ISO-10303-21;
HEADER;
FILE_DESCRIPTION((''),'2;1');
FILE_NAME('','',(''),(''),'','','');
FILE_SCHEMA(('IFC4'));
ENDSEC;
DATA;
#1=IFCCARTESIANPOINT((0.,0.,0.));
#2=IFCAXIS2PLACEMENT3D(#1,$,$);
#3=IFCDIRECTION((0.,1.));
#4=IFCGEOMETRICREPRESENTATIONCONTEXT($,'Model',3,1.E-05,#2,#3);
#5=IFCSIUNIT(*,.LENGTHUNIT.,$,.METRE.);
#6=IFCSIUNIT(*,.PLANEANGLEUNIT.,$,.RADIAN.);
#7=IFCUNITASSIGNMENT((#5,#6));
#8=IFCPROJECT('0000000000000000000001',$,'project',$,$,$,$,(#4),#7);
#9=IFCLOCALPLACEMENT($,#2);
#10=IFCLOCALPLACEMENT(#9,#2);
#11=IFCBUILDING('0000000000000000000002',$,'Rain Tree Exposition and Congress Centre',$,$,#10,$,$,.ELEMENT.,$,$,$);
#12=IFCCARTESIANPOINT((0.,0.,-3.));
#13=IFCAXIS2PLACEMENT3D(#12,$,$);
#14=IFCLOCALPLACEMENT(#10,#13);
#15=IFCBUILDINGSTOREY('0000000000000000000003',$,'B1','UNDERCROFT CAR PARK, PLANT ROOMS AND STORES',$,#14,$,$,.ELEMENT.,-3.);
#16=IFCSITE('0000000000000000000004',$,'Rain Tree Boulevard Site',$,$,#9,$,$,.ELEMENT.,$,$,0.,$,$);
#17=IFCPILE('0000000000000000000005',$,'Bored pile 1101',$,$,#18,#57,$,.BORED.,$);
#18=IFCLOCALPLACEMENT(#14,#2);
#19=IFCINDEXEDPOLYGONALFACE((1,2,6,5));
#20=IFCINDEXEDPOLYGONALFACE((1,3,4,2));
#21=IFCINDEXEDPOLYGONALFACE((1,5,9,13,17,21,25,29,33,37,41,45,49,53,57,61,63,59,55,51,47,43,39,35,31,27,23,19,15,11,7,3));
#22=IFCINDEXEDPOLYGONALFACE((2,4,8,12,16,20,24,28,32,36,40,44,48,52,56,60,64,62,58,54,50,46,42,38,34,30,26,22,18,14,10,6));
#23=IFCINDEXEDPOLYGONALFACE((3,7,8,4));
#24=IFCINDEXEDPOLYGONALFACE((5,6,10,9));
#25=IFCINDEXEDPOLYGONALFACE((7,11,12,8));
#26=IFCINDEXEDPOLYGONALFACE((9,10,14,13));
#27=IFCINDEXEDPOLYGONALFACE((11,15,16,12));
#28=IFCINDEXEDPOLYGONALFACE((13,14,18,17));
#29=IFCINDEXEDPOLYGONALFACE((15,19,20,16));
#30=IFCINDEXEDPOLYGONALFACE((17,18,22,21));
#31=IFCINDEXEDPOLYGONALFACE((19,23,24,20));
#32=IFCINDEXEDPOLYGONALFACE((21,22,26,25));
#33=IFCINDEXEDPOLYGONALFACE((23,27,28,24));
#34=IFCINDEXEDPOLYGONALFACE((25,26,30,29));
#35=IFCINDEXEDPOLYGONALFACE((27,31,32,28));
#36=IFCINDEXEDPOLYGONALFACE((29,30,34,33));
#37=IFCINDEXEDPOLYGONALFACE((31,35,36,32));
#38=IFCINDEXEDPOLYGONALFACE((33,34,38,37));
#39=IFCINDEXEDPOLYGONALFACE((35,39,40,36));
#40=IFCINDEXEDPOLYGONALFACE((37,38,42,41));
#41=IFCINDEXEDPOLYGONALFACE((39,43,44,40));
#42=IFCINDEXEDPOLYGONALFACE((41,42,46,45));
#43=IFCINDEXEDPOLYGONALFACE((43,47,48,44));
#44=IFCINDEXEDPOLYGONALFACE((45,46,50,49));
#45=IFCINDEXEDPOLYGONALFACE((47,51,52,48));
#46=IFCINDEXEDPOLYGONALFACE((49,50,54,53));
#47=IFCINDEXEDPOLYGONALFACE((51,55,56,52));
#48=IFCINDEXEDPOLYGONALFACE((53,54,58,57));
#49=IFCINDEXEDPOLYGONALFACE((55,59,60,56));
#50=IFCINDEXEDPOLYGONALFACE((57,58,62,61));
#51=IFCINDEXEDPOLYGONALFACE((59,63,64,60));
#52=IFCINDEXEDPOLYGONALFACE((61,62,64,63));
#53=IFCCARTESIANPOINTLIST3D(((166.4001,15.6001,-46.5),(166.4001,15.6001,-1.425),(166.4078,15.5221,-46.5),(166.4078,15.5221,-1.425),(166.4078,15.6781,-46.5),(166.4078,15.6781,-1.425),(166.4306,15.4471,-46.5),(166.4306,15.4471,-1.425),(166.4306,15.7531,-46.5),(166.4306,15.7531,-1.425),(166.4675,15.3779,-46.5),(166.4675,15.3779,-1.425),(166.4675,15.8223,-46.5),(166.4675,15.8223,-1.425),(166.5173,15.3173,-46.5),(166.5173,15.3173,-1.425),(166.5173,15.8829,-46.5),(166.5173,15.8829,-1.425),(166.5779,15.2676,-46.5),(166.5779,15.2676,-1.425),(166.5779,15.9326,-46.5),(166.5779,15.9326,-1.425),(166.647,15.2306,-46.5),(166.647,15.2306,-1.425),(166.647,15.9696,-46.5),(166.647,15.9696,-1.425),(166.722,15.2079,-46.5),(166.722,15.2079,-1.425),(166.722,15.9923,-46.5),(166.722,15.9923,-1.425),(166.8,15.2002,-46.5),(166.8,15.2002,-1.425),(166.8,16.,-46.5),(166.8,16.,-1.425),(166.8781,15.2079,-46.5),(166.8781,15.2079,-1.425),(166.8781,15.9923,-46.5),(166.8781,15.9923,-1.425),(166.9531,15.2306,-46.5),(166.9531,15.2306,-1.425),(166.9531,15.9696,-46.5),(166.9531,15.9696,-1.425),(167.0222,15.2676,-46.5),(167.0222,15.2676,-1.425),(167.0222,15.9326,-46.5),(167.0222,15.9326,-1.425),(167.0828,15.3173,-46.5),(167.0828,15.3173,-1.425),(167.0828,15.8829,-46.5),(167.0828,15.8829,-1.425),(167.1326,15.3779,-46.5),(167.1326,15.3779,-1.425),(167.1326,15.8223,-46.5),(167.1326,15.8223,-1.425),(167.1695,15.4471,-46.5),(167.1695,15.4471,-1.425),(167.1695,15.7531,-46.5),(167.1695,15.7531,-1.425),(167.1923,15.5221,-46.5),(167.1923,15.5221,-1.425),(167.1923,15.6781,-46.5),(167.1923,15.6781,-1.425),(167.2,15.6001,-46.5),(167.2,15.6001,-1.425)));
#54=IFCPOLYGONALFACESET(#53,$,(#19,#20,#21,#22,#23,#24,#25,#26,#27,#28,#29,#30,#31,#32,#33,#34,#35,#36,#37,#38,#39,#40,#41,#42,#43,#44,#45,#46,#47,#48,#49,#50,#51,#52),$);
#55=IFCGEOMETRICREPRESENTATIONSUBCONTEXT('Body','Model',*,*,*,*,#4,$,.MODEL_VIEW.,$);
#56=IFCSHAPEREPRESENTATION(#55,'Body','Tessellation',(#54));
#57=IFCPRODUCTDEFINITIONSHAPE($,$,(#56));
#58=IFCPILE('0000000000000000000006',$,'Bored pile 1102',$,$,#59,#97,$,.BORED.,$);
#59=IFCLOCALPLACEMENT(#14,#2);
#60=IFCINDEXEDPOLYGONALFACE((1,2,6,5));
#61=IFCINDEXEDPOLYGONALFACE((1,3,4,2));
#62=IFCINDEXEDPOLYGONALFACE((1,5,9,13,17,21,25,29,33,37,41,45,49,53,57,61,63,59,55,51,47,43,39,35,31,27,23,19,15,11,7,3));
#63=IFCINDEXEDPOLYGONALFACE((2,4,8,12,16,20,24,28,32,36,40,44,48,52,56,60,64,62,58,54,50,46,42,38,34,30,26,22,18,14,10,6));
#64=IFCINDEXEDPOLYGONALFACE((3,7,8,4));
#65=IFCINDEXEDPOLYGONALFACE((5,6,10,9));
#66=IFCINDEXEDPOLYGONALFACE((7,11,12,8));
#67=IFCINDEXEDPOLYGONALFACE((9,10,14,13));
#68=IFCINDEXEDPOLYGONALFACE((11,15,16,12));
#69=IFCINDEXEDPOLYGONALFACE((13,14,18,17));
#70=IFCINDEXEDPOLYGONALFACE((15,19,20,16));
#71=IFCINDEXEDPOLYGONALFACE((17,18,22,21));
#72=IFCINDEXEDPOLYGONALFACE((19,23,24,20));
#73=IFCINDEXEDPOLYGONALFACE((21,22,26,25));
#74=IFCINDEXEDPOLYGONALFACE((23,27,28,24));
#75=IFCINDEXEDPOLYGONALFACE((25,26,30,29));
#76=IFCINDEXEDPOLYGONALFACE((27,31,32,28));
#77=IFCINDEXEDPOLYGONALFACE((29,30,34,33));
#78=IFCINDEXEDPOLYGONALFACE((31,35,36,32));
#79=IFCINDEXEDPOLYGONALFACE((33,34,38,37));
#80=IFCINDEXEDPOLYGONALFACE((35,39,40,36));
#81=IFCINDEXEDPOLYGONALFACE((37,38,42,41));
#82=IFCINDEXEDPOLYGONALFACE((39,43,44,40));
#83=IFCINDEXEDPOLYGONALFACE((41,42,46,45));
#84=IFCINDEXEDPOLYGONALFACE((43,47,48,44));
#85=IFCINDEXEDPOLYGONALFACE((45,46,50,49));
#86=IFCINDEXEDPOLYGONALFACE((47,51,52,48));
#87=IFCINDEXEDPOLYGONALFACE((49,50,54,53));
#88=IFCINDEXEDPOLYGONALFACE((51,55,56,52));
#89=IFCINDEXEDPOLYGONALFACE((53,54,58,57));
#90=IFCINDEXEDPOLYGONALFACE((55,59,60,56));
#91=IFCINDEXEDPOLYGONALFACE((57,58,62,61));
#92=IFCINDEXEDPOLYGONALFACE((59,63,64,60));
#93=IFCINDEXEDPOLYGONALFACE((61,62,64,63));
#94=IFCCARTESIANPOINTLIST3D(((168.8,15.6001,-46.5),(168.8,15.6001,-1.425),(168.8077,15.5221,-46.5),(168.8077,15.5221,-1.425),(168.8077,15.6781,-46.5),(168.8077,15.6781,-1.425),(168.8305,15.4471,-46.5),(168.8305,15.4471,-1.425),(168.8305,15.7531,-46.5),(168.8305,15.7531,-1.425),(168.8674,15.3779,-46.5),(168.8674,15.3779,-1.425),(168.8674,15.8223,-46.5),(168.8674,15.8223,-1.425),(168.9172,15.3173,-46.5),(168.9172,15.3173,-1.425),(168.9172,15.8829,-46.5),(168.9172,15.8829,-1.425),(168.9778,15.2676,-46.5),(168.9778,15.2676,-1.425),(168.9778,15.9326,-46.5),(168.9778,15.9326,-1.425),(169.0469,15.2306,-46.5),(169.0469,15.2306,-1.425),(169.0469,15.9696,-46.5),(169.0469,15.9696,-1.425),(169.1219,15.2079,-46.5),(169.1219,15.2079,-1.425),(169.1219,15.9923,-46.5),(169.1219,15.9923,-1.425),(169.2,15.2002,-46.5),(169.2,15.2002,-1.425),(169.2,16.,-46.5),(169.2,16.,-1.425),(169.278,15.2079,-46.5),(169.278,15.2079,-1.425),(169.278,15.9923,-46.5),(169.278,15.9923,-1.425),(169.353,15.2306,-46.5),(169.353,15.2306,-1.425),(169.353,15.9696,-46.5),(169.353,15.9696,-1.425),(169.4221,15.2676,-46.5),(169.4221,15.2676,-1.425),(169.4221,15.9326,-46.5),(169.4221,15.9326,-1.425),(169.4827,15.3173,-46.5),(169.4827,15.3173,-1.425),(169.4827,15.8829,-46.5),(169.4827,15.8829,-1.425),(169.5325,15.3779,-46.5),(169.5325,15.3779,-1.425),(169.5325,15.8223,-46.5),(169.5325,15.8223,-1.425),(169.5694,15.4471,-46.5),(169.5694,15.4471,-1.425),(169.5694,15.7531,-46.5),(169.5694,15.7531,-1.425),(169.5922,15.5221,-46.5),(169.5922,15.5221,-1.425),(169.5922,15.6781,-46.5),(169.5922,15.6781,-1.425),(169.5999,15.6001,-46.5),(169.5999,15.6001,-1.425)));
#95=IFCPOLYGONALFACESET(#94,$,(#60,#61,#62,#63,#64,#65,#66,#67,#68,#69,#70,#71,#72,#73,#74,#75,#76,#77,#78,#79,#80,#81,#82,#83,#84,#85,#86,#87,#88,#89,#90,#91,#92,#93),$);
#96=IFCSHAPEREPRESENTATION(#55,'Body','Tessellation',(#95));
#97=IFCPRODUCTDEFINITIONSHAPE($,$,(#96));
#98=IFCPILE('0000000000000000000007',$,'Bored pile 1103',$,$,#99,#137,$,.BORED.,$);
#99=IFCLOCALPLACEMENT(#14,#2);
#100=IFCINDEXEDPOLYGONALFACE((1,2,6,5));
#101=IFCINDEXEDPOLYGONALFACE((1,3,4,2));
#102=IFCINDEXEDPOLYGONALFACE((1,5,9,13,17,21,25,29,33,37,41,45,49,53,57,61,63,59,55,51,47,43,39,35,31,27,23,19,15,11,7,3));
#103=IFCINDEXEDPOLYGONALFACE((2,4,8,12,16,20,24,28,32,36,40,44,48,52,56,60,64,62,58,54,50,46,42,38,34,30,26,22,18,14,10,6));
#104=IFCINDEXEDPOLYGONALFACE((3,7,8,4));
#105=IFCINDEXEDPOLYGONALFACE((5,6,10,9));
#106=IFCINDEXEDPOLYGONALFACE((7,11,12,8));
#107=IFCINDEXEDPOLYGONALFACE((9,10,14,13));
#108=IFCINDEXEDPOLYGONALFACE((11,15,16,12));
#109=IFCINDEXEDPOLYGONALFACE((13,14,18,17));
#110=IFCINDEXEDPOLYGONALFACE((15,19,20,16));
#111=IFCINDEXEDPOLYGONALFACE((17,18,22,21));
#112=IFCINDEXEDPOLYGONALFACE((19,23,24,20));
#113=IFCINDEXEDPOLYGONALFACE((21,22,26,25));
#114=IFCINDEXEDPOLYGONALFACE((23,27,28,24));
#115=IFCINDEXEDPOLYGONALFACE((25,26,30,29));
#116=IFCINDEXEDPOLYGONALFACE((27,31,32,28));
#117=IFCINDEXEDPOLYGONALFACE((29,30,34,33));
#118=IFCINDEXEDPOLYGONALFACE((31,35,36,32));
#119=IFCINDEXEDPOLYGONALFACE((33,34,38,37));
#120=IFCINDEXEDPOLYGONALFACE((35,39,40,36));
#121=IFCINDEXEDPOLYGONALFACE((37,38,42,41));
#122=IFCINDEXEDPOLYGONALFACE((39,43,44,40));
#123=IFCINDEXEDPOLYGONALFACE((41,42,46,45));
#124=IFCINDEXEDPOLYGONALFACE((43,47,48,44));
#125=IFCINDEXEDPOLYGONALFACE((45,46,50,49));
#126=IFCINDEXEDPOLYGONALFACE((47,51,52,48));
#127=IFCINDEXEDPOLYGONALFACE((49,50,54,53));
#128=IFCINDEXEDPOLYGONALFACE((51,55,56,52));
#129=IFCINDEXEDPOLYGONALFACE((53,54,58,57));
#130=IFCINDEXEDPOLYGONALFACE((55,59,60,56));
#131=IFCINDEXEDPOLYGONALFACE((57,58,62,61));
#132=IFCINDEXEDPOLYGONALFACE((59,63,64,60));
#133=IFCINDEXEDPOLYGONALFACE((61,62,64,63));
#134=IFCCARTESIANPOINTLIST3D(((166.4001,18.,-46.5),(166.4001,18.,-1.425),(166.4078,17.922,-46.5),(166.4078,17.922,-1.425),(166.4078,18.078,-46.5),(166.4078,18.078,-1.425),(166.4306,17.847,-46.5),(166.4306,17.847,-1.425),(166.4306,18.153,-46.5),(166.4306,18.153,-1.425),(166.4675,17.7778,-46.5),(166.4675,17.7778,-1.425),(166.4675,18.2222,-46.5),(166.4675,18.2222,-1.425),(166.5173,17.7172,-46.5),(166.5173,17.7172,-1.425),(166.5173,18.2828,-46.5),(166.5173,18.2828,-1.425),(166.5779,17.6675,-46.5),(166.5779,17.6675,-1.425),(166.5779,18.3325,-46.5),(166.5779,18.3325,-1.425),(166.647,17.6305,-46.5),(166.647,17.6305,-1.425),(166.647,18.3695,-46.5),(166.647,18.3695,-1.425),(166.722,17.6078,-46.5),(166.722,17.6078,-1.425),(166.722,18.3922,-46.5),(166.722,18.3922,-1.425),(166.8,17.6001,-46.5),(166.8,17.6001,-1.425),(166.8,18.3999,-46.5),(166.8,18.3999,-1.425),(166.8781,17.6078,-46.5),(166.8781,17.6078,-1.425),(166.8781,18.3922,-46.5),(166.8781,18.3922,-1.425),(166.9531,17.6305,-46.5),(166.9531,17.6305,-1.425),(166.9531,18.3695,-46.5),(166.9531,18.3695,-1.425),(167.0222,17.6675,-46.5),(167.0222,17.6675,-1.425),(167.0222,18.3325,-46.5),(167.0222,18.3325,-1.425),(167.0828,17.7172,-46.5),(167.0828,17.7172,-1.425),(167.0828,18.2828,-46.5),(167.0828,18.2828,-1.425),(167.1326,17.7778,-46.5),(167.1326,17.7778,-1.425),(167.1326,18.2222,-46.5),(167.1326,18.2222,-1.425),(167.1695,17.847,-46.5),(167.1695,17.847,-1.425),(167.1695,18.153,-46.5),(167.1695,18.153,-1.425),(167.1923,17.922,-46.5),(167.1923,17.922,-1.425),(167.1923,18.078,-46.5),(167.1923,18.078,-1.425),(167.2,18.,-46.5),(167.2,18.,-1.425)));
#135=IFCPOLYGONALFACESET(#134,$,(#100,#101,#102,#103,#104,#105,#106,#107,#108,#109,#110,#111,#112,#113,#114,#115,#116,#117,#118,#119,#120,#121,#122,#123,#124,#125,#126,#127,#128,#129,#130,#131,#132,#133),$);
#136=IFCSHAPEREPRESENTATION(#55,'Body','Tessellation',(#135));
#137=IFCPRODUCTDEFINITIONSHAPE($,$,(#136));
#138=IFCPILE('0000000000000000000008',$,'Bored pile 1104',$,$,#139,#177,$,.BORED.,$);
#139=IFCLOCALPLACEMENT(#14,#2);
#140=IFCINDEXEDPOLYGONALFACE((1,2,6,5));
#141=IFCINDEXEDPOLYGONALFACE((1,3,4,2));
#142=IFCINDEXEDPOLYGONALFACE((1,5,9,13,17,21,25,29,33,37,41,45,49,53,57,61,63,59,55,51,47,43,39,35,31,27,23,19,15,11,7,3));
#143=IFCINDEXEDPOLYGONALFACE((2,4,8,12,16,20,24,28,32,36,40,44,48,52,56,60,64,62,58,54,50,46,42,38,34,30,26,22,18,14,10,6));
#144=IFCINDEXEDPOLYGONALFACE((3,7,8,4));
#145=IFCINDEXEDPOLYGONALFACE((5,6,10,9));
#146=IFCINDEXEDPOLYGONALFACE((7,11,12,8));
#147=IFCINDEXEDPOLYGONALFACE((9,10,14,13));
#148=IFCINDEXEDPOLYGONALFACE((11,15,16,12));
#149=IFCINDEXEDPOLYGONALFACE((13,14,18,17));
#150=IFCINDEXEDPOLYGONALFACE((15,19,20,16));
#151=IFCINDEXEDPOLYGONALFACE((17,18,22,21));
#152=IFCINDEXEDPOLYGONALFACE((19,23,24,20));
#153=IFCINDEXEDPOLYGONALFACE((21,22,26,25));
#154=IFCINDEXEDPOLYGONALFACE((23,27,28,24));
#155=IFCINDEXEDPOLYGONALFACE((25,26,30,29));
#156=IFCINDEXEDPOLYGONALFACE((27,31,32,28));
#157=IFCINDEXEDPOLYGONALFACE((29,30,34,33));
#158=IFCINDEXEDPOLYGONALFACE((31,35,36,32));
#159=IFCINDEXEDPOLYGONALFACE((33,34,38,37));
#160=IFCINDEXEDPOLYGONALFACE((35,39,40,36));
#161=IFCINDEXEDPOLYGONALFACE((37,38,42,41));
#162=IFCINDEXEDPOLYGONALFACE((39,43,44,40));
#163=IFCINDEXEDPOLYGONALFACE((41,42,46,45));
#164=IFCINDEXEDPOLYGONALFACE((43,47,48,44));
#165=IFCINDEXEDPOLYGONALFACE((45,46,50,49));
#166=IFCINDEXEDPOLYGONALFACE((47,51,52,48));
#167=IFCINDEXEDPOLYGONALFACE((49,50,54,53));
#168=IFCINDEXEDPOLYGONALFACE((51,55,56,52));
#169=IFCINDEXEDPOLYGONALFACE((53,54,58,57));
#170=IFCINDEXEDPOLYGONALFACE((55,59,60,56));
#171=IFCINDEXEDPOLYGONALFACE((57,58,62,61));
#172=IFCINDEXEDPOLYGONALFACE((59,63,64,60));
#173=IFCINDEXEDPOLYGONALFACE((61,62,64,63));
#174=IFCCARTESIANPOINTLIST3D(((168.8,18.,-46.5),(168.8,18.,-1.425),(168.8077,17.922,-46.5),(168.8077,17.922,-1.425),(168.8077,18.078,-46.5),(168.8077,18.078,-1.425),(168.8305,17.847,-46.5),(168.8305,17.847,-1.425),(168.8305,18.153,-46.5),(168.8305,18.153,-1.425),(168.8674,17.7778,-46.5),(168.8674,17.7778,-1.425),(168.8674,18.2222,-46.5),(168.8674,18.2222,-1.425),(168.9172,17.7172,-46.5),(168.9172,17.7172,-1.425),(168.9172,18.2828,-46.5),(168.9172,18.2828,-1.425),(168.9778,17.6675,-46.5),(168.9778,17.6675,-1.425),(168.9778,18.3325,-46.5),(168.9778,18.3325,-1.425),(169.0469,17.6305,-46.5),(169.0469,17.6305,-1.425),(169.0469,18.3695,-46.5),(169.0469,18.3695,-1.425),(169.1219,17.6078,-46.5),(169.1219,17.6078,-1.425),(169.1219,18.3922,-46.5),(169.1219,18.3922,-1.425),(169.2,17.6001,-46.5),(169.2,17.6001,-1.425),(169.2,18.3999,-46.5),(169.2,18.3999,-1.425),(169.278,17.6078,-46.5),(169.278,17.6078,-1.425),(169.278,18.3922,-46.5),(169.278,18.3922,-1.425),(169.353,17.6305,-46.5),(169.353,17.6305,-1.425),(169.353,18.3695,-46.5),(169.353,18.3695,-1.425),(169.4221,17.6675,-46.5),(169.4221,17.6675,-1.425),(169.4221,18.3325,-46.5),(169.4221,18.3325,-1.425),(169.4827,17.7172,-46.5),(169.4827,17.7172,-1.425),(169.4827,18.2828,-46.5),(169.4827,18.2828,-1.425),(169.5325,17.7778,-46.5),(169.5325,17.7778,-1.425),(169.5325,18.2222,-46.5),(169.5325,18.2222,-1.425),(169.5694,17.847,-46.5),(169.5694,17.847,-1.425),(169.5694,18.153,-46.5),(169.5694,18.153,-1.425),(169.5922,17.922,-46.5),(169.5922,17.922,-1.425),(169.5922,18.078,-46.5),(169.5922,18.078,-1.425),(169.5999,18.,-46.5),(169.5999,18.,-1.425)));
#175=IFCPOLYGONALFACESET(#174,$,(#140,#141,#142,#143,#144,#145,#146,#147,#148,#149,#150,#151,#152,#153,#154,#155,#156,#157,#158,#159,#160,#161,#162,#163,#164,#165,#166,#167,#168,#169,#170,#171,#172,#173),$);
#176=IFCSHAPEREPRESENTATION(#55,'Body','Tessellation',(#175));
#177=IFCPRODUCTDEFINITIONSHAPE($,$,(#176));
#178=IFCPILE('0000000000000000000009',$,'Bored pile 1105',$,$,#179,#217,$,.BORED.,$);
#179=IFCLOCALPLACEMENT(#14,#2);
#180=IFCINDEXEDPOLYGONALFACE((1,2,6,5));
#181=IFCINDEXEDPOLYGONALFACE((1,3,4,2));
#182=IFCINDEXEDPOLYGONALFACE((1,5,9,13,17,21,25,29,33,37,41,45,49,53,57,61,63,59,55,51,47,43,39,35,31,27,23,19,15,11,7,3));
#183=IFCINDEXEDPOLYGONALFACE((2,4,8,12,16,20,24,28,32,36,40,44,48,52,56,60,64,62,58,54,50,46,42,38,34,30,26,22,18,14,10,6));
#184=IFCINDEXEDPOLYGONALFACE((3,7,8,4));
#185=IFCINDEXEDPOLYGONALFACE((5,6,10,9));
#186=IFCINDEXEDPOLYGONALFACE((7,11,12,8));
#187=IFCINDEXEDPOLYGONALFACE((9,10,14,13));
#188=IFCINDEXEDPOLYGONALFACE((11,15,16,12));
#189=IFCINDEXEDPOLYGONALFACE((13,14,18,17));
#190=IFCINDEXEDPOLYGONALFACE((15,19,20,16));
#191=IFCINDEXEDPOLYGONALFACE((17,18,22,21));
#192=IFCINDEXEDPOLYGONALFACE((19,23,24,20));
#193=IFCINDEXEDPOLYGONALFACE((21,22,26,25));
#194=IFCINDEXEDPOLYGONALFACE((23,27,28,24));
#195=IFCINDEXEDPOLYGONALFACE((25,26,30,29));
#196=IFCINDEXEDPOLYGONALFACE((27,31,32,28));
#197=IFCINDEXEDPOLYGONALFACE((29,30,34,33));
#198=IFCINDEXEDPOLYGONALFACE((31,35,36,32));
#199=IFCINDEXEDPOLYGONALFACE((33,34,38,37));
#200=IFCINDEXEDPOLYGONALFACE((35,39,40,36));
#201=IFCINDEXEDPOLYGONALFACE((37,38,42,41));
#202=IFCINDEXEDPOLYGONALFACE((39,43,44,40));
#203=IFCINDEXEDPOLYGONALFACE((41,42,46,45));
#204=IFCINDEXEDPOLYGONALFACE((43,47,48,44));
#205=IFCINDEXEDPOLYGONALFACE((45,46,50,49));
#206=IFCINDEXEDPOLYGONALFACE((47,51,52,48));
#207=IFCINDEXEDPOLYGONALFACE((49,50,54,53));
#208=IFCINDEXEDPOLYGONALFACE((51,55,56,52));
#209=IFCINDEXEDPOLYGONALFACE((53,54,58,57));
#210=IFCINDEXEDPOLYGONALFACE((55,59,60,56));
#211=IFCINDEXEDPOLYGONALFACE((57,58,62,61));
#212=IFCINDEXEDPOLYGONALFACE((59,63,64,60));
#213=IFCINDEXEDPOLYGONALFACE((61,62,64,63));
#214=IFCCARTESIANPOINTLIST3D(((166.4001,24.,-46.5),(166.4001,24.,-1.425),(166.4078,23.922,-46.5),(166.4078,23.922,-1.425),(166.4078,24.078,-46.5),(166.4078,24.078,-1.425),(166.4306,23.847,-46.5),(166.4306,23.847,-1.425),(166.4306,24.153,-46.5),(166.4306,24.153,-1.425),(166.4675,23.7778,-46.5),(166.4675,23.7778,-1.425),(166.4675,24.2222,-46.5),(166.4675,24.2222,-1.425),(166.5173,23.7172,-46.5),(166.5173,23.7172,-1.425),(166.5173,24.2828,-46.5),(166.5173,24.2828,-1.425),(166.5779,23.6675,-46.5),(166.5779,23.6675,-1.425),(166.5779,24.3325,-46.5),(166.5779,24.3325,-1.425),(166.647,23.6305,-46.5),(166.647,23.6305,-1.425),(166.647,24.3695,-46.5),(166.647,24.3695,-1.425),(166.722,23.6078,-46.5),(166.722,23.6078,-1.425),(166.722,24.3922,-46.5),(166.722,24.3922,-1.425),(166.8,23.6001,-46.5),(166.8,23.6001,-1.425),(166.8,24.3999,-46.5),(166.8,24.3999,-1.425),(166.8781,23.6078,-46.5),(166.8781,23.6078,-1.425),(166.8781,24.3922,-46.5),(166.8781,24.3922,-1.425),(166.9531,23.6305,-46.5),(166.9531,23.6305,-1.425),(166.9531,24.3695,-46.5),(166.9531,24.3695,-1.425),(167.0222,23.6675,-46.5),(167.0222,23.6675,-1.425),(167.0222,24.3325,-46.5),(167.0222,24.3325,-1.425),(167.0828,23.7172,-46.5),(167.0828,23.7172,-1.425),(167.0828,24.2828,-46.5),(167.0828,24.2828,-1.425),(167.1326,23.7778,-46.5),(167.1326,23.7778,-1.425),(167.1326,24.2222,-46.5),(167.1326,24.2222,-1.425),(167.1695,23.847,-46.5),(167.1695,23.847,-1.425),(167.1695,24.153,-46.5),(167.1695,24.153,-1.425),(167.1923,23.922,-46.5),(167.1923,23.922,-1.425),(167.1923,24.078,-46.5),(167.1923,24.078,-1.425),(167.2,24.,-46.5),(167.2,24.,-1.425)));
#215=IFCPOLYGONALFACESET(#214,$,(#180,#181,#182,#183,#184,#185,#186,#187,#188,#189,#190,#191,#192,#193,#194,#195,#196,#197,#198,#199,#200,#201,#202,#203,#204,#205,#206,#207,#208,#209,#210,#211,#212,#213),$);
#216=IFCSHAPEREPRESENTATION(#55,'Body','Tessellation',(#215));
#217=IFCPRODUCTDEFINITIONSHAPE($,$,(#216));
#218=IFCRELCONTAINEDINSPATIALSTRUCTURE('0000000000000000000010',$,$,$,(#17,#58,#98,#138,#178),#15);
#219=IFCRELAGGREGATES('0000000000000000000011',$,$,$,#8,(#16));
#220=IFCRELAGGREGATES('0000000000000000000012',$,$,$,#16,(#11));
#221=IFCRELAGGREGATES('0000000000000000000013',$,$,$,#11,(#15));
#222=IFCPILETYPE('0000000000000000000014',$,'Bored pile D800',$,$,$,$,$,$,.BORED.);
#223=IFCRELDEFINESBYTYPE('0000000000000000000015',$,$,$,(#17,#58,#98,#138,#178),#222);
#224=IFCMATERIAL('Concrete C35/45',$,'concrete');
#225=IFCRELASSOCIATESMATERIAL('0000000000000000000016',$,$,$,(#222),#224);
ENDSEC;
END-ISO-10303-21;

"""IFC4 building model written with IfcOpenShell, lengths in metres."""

from ifc_helpers import new_model, si_unit, direction, frame, origin, origin_2d, place, context, subcontext, project, spatial, circle, extrude, material, material_profile, profile_set, type_object, element, save


model = new_model("IFC4")

# Units and contexts
model_context = context("Model", 3, precision=1e-05, world=origin(), true_north=direction((0.0, 1.0)))
body_context = subcontext(model_context, "Body", "Model", "MODEL_VIEW")
ifc_project = project(units=[si_unit("LENGTHUNIT", "METRE"), si_unit("PLANEANGLEUNIT", "RADIAN")], contexts=[model_context])

# Site, building, storey
site_placement = place(None, origin())
site = spatial("IfcSite", under=ifc_project, at=site_placement, Name="Rain Tree Boulevard Site", CompositionType="ELEMENT", RefElevation=0.0)
building_placement = place(site_placement, origin())
building = spatial("IfcBuilding", under=site, at=building_placement, Name="Rain Tree Exposition and Congress Centre", CompositionType="ELEMENT")
storey_placement = place(building_placement, frame((0.0, 0.0, -3.0)))
storey = spatial("IfcBuildingStorey", under=building, at=storey_placement, Name="B1", Description="UNDERCROFT CAR PARK, PLANT ROOMS AND STORES", CompositionType="ELEMENT", Elevation=-3.0)

# Piles
ifc_material_1 = material(Name="Concrete C35/45", Category="concrete")
ifc_material_profile_1 = material_profile(ifc_material_1, circle(Radius=0.3999, at=origin_2d()), Name="D800")
ifc_profile_set_1 = profile_set([ifc_material_profile_1], Name="Concrete C35/45")
pile_type_1 = type_object("IfcPileType", Name="Bored pile D800", PredefinedType="BORED", material=ifc_profile_set_1)
for number, where, z_axis, x_axis, name in (
    (1, (166.8, 15.6001, -1.425), (0.0, 0.0, -1.0), (1.0, 0.0, 0.0), "Bored pile 1101"),
    (2, (169.2, 15.6001, -1.425), (0.0, 0.0, -1.0), (1.0, 0.0, 0.0), "Bored pile 1102"),
    (3, (166.8, 18.0, -1.425), (0.0, 0.0, -1.0), (1.0, 0.0, 0.0), "Bored pile 1103"),
    (4, (169.2, 18.0, -1.425), (0.0, 0.0, -1.0), (1.0, 0.0, 0.0), "Bored pile 1104"),
    (5, (166.8, 24.0, -1.425), (0.0, 0.0, -1.0), (1.0, 0.0, 0.0), "Bored pile 1105"),
):
    element("IfcPile", number, at=place(storey_placement, frame(where, z_axis=z_axis, x_axis=x_axis)), inside=storey, type_object=pile_type_1, Name=name, PredefinedType="BORED", context=body_context, shape_type="SweptSolid", body=[
        extrude(circle(Radius=0.3999, at=origin_2d()), origin(), (0.0, 0.0, 1.0), 45.075),
    ])

save(model, "model.ifc")
